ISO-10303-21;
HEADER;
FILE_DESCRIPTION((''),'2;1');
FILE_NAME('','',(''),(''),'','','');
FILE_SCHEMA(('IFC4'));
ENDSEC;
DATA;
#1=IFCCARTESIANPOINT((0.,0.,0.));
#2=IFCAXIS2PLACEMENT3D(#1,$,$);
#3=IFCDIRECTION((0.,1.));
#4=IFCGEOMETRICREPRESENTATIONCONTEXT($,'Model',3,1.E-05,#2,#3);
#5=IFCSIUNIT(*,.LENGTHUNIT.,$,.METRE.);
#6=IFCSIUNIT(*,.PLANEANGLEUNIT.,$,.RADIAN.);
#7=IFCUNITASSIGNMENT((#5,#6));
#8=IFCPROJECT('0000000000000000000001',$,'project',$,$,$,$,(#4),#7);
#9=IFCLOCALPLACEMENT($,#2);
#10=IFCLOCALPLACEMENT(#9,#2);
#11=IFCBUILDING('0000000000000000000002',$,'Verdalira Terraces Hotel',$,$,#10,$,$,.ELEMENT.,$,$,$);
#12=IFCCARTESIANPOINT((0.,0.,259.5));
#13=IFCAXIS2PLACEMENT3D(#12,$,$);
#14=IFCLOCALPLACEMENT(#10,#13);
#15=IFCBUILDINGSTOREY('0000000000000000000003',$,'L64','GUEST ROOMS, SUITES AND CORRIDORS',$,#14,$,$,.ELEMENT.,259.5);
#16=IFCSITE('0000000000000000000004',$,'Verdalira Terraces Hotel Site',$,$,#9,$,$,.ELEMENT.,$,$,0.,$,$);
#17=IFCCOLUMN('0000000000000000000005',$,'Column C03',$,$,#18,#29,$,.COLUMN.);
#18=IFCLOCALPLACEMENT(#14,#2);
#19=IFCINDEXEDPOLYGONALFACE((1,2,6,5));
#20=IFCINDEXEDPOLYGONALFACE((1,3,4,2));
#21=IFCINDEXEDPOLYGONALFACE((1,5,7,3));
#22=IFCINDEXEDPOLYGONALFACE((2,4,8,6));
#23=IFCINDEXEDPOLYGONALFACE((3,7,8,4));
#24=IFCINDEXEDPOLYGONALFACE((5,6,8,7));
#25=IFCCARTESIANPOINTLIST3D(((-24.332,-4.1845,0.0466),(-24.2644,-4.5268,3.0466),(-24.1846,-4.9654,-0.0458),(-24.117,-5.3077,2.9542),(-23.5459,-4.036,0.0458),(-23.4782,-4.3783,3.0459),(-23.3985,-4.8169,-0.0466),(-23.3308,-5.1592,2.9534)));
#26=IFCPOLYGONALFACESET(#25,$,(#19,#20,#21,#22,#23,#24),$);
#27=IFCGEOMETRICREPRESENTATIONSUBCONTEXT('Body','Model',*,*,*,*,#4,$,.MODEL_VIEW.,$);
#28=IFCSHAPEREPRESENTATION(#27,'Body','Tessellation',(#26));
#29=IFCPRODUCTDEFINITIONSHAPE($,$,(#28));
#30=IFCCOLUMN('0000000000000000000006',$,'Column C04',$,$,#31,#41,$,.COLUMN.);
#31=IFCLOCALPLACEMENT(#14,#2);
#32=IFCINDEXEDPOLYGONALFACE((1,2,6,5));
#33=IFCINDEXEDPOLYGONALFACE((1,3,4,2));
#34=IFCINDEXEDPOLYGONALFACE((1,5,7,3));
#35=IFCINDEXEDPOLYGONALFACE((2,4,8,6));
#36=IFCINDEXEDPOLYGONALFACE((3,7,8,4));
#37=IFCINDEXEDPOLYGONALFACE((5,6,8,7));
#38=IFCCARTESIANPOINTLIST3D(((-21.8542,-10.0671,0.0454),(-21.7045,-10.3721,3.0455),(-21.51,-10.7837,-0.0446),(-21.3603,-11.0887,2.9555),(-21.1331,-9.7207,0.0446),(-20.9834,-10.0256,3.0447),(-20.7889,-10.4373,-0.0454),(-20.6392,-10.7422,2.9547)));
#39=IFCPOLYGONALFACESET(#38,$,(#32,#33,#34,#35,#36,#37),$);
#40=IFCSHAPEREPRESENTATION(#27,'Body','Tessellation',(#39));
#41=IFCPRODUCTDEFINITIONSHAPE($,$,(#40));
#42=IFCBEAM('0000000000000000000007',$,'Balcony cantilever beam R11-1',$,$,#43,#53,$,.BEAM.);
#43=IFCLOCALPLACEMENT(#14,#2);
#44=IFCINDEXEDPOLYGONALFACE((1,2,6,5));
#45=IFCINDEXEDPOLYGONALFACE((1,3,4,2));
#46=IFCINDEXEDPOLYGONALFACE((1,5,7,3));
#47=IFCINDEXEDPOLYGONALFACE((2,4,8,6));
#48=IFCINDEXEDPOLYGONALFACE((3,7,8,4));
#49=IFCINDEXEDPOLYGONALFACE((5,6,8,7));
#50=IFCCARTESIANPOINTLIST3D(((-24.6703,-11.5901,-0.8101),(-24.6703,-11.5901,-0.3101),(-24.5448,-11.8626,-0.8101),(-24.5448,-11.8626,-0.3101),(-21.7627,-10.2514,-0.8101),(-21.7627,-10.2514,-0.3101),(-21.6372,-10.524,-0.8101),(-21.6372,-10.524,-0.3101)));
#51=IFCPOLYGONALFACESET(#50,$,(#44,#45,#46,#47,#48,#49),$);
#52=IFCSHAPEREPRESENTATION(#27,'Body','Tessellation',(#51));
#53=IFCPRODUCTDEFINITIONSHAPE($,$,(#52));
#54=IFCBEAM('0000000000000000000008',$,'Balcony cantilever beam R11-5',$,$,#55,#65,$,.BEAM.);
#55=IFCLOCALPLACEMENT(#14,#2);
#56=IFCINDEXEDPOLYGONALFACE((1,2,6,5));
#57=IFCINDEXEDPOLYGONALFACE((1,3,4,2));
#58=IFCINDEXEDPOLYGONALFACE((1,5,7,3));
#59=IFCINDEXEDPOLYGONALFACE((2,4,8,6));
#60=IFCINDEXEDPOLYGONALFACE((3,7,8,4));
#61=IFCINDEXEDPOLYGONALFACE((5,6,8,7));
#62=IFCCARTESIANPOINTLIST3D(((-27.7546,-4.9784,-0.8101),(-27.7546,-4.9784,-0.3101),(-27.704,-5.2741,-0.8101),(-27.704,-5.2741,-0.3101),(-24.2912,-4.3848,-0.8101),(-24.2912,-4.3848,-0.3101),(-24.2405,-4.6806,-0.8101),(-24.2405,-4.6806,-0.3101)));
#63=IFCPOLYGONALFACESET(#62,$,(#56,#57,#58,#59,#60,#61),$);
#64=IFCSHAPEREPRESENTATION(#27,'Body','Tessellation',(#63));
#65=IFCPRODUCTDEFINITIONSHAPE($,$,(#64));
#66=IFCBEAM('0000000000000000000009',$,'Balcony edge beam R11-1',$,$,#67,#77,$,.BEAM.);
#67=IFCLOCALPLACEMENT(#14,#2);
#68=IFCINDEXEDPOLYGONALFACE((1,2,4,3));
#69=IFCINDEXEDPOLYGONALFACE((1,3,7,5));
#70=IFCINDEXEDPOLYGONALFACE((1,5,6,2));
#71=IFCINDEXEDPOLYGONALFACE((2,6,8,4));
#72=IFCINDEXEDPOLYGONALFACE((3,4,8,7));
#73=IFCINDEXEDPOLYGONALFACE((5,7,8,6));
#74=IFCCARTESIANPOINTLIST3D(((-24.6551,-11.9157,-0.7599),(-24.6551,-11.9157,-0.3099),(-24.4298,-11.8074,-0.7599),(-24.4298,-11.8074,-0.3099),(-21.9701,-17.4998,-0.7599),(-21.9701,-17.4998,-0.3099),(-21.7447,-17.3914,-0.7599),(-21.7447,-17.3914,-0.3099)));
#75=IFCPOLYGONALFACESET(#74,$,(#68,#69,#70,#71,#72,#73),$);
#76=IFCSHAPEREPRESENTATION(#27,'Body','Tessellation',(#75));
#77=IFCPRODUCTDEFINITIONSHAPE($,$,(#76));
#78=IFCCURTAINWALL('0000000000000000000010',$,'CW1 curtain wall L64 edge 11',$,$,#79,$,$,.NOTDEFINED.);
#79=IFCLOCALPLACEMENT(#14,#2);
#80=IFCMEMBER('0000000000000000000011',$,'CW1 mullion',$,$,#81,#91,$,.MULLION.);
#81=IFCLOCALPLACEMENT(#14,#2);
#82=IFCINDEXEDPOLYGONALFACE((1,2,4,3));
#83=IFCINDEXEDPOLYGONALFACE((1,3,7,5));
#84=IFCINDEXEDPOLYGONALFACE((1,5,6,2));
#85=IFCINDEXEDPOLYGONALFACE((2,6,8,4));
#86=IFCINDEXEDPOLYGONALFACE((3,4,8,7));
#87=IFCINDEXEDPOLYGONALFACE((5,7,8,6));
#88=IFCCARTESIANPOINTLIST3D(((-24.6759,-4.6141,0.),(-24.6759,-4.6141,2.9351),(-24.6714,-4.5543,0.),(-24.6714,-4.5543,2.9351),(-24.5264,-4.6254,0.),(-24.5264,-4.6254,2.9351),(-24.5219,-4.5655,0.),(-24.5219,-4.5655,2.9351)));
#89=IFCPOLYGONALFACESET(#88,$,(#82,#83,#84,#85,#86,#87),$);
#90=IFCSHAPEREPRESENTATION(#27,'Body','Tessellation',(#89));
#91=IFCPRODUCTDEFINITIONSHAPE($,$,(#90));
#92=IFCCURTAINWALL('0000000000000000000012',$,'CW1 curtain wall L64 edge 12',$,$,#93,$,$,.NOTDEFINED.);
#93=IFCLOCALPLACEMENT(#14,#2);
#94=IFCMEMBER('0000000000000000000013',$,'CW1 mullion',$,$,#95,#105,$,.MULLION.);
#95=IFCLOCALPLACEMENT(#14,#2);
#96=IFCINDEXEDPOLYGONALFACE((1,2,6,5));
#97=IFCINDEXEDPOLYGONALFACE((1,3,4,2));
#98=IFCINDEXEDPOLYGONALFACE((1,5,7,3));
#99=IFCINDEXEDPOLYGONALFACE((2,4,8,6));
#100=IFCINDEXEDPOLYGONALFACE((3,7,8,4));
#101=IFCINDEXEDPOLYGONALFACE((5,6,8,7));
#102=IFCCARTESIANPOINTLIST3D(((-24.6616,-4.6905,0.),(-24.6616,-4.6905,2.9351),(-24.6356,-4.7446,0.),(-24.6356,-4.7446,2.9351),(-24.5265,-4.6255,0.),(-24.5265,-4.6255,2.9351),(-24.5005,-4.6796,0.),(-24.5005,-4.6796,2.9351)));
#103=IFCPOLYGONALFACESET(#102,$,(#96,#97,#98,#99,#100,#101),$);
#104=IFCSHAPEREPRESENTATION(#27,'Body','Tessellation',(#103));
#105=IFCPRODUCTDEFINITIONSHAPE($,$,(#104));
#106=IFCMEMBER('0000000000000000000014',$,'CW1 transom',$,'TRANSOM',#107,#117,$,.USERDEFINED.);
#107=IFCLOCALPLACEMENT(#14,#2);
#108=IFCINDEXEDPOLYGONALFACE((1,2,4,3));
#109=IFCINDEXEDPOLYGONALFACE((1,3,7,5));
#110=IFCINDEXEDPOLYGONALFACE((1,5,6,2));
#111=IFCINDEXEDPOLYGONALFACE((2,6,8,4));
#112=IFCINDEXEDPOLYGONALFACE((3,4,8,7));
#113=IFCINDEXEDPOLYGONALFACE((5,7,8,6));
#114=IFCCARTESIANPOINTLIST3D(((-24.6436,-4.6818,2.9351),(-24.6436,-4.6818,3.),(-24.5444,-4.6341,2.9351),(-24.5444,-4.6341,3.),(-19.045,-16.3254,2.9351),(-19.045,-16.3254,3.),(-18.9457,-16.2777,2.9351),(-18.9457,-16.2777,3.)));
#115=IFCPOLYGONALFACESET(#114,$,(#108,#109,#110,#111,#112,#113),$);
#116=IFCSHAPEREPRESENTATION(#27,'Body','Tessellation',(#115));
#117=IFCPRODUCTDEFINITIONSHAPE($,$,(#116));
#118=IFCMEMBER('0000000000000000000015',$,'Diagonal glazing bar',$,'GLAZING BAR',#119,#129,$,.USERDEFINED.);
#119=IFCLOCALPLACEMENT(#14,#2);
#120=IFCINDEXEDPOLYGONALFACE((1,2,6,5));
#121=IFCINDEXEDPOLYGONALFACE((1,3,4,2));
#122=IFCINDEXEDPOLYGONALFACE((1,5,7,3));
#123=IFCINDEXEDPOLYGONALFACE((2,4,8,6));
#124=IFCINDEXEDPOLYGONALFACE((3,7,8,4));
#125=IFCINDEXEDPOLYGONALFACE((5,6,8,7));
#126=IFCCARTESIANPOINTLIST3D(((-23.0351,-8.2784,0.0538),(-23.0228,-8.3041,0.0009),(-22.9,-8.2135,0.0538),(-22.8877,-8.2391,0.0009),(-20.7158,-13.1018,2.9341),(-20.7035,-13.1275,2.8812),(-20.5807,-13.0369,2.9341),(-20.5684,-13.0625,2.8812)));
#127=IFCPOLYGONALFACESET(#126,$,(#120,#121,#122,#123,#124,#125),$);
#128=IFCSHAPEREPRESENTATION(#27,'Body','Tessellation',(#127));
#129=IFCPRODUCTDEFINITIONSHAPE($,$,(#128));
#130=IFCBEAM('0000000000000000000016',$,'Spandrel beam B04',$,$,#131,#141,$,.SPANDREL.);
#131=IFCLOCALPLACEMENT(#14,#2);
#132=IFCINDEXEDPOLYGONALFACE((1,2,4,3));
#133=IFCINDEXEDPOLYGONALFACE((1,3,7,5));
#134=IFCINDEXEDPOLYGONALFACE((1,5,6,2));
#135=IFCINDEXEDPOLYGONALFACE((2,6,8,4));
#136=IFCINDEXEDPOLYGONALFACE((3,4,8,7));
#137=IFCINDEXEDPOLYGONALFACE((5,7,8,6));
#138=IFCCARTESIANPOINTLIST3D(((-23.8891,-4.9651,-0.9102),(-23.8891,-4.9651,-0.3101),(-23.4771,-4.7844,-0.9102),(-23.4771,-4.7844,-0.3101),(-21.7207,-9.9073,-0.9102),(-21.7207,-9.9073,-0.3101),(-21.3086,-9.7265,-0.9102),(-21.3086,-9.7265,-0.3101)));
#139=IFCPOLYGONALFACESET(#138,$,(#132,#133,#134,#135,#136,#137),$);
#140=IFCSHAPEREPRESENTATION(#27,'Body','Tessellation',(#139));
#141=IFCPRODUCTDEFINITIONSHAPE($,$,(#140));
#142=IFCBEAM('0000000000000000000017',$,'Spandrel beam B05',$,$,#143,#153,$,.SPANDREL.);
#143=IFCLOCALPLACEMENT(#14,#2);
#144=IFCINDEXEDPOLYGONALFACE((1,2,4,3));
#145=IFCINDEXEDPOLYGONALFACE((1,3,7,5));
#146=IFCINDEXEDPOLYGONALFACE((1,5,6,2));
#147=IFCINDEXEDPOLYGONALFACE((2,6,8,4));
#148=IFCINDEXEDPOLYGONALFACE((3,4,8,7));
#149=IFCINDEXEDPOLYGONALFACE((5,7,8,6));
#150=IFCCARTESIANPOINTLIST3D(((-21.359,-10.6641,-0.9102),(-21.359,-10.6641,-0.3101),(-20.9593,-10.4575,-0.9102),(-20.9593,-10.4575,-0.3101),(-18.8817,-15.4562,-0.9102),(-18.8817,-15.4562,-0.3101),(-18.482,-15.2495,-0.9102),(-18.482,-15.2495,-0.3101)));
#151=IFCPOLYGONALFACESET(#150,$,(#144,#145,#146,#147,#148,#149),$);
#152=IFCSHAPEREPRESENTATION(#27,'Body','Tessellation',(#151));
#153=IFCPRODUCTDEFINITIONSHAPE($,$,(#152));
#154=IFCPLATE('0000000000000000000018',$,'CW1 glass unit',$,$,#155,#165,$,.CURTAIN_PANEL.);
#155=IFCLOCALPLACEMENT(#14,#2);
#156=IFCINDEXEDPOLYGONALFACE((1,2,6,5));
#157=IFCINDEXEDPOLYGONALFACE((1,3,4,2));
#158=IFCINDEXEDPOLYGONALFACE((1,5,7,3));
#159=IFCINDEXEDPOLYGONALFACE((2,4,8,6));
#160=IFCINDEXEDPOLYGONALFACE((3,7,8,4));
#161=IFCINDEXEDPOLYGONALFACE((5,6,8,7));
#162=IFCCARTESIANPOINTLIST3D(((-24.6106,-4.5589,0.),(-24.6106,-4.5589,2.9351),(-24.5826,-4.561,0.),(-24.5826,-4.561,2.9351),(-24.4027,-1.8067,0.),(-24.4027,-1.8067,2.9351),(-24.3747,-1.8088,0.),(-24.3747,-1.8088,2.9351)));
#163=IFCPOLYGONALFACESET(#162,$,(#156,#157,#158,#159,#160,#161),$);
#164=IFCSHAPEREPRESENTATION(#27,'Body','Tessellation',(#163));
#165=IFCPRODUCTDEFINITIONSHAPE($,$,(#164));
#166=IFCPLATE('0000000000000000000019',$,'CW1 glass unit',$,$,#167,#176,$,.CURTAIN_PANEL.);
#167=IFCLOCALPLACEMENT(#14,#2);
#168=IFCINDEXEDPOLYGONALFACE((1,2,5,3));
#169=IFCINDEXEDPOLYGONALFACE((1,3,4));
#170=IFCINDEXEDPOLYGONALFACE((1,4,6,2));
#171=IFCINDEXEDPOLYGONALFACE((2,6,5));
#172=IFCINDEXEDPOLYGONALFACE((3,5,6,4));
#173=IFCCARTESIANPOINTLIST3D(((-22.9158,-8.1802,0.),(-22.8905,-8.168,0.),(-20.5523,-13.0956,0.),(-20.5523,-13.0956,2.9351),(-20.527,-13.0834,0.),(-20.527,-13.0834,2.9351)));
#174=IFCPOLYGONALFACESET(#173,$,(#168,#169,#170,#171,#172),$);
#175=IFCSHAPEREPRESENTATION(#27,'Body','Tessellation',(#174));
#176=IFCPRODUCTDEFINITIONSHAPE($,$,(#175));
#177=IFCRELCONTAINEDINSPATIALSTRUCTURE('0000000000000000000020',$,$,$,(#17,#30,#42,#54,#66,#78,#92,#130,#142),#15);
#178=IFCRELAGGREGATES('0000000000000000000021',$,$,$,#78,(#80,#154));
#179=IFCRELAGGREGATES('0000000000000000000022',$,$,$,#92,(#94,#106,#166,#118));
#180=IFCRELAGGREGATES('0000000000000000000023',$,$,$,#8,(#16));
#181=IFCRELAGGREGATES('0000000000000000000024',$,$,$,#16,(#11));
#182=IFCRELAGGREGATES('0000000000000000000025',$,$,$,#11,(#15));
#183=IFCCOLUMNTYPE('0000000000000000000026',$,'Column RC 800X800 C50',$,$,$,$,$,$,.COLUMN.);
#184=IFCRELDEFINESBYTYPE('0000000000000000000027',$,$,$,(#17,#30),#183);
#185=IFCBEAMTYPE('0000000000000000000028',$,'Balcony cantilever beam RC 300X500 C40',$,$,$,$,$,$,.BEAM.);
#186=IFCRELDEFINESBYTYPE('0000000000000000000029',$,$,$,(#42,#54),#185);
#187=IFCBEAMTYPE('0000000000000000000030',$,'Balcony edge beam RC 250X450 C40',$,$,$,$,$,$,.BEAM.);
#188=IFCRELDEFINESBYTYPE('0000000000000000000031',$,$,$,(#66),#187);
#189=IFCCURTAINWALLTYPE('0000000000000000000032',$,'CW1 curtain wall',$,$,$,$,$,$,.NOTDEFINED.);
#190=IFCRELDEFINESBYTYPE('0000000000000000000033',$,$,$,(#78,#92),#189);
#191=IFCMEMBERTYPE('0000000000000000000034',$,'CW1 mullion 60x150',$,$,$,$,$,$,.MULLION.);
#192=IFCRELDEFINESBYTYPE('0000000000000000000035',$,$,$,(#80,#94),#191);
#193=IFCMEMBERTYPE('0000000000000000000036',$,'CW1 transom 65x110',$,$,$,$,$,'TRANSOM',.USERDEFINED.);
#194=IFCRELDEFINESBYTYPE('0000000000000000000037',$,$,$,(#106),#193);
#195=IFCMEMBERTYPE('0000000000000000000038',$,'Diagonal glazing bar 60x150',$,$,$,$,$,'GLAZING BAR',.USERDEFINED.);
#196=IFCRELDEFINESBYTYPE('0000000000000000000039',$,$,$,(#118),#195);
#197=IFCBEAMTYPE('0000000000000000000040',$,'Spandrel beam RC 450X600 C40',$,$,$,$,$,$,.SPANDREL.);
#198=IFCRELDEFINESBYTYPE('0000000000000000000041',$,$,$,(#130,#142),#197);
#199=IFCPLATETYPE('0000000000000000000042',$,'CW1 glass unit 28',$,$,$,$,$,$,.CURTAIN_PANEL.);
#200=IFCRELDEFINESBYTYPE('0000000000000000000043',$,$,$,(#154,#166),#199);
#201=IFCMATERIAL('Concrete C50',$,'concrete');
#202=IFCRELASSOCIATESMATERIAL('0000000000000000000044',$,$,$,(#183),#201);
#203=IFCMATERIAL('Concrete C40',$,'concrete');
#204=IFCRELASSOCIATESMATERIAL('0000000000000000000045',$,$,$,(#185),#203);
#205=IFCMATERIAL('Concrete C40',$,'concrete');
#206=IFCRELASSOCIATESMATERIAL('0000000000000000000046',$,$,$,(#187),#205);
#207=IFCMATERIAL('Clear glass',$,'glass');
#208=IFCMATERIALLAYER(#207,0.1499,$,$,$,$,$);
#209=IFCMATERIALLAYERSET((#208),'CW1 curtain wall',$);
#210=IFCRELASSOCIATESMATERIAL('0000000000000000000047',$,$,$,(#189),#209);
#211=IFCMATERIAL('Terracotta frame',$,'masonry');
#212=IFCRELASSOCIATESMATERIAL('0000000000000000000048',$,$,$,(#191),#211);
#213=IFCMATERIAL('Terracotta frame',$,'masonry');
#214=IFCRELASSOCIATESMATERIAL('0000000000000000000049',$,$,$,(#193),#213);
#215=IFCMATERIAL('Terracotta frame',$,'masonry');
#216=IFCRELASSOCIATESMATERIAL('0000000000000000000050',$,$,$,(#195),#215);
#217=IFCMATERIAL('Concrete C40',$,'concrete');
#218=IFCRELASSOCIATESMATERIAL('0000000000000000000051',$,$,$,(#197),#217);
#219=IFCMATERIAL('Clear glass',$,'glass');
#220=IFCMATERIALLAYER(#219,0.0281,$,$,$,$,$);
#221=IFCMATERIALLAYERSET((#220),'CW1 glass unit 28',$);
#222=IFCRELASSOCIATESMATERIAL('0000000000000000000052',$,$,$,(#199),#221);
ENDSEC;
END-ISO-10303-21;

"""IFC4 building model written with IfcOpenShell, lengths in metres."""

from ifc_helpers import new_model, si_unit, direction, frame, origin, origin_2d, place, context, subcontext, project, spatial, polyline, rectangle, outline, extrude, material, layer, layer_set, material_profile, profile_set, type_object, element, aggregate, save


model = new_model("IFC4")

# Units and contexts
model_context = context("Model", 3, precision=1e-05, world=origin(), true_north=direction((0.0, 1.0)))
body_context = subcontext(model_context, "Body", "Model", "MODEL_VIEW")
ifc_project = project(units=[si_unit("LENGTHUNIT", "METRE"), si_unit("PLANEANGLEUNIT", "RADIAN")], contexts=[model_context])

# Site, building, storey
site_placement = place(None, origin())
site = spatial("IfcSite", under=ifc_project, at=site_placement, Name="Verdalira Terraces Hotel Site", CompositionType="ELEMENT", RefElevation=0.0)
building_placement = place(site_placement, origin())
building = spatial("IfcBuilding", under=site, at=building_placement, Name="Verdalira Terraces Hotel", CompositionType="ELEMENT")
storey_placement = place(building_placement, frame((0.0, 0.0, 259.5)))
storey = spatial("IfcBuildingStorey", under=building, at=storey_placement, Name="L64", Description="GUEST ROOMS, SUITES AND CORRIDORS", CompositionType="ELEMENT", Elevation=259.5)

# Columns
ifc_material_1 = material(Name="Concrete C50", Category="concrete")
ifc_material_profile_1 = material_profile(ifc_material_1, rectangle(XDim=0.8, YDim=0.8, at=origin_2d()), Name="RC 800X800")
ifc_profile_set_1 = profile_set([ifc_material_profile_1], Name="Concrete C50")
column_type = type_object("IfcColumnType", Name="Column RC 800X800 C50", PredefinedType="COLUMN", material=ifc_profile_set_1)
column_1_placement = place(storey_placement, frame((-23.8652, -4.5007, 0.0), z_axis=(0.022391, -0.113331, 0.993305), x_axis=(-0.18425, 0.976067, 0.115518)))
element("IfcColumn", 1, at=column_1_placement, inside=storey, type_object=column_type, Name="Column C03", PredefinedType="COLUMN", context=body_context, shape_type="SweptSolid", body=[
    extrude(rectangle(XDim=0.8, YDim=0.8, at=origin_2d()), origin(), (0.0, 0.0, 1.0), 3.0203),
])
column_2_placement = place(storey_placement, frame((-21.3215, -10.2522, 0.0), z_axis=(0.049569, -0.100999, 0.993651), x_axis=(0.430207, -0.895693, -0.112503)))
element("IfcColumn", 2, at=column_2_placement, inside=storey, type_object=column_type, Name="Column C04", PredefinedType="COLUMN", context=body_context, shape_type="SweptSolid", body=[
    extrude(rectangle(XDim=0.8, YDim=0.8, at=origin_2d()), origin(), (0.0, 0.0, 1.0), 3.0193),
])

# Beams
ifc_material_2 = material(Name="Concrete C40", Category="concrete")
ifc_material_profile_2 = material_profile(ifc_material_2, rectangle(XDim=0.3, YDim=0.5, at=origin_2d()), Name="RC 300X500")
ifc_profile_set_2 = profile_set([ifc_material_profile_2], Name="Concrete C40")
beam_type_1 = type_object("IfcBeamType", Name="Balcony cantilever beam RC 300X500 C40", PredefinedType="BEAM", material=ifc_profile_set_2)
beam_1_placement = place(storey_placement, frame((-21.7, -10.3877, -0.5601), z_axis=(-0.90835, -0.418212, 0.0), x_axis=(0.418212, -0.90835, 0.0)))
element("IfcBeam", 3, at=beam_1_placement, inside=storey, type_object=beam_type_1, Name="Balcony cantilever beam R11-1", PredefinedType="BEAM", context=body_context, shape_type="SweptSolid", body=[
    extrude(rectangle(XDim=0.3, YDim=0.5, at=origin_2d()), origin(), (0.0, 0.0, 1.0), 3.2009),
])
beam_2_placement = place(storey_placement, frame((-24.2659, -4.5327, -0.5601), z_axis=(-0.985633, -0.168904, 0.0), x_axis=(0.168904, -0.985633, 0.0)))
element("IfcBeam", 4, at=beam_2_placement, inside=storey, type_object=beam_type_1, Name="Balcony cantilever beam R11-5", PredefinedType="BEAM", context=body_context, shape_type="SweptSolid", body=[
    extrude(rectangle(XDim=0.3, YDim=0.5, at=origin_2d()), origin(), (0.0, 0.0, 1.0), 3.5139),
])
ifc_material_3 = material(Name="Concrete C40", Category="concrete")
ifc_material_profile_3 = material_profile(ifc_material_3, rectangle(XDim=0.25, YDim=0.45, at=origin_2d()), Name="RC 250X450")
ifc_profile_set_3 = profile_set([ifc_material_profile_3], Name="Concrete C40")
beam_type_2 = type_object("IfcBeamType", Name="Balcony edge beam RC 250X450 C40", PredefinedType="BEAM", material=ifc_profile_set_3)
beam_3_placement = place(storey_placement, frame((-24.5425, -11.8616, -0.5349), z_axis=(0.433354, -0.901224, 0.0), x_axis=(0.901224, 0.433354, 0.0)))
element("IfcBeam", 5, at=beam_3_placement, inside=storey, type_object=beam_type_2, Name="Balcony edge beam R11-1", PredefinedType="BEAM", context=body_context, shape_type="SweptSolid", body=[
    extrude(rectangle(XDim=0.25, YDim=0.45, at=origin_2d()), origin(), (0.0, 0.0, 1.0), 6.196),
])

# Curtain wall, member
ifc_material_4 = material(Name="Clear glass", Category="glass")
ifc_layer_1 = layer(ifc_material_4, 0.1499)
ifc_layer_set_1 = layer_set([ifc_layer_1], Name="CW1 curtain wall")
curtain_wall_type = type_object("IfcCurtainWallType", Name="CW1 curtain wall", PredefinedType="NOTDEFINED", material=ifc_layer_set_1)
curtain_wall_1_placement = place(storey_placement, origin())
curtain_wall_1 = element("IfcCurtainWall", 6, at=curtain_wall_1_placement, inside=storey, type_object=curtain_wall_type, Name="CW1 curtain wall L64 edge 11", PredefinedType="NOTDEFINED")
ifc_material_5 = material(Name="Terracotta frame", Category="masonry")
ifc_material_profile_4 = material_profile(ifc_material_5, rectangle(XDim=0.0601, YDim=0.1499, at=origin_2d()), Name="MU 60x150")
ifc_profile_set_4 = profile_set([ifc_material_profile_4], Name="Terracotta frame")
member_type_1 = type_object("IfcMemberType", Name="CW1 mullion 60x150", PredefinedType="MULLION", material=ifc_profile_set_4)
member_1_placement = place(storey_placement, frame((-24.5989, -4.5898, 0.0), z_axis=(0.0, 0.0, 1.0), x_axis=(-0.075327, -0.997159, 0.0)))
member_1 = element("IfcMember", 7, at=member_1_placement, type_object=member_type_1, Name="CW1 mullion", PredefinedType="MULLION", context=body_context, shape_type="SweptSolid", body=[
    extrude(rectangle(XDim=0.0601, YDim=0.1499, at=origin_2d()), origin(), (0.0, 0.0, 1.0), 2.9351),
])

# Curtain wall, members
curtain_wall_2_placement = place(storey_placement, origin())
curtain_wall_2 = element("IfcCurtainWall", 8, at=curtain_wall_2_placement, inside=storey, type_object=curtain_wall_type, Name="CW1 curtain wall L64 edge 12", PredefinedType="NOTDEFINED")
member_2_placement = place(storey_placement, frame((-24.5811, -4.6851, 0.0), z_axis=(0.0, 0.0, 1.0), x_axis=(0.433345, -0.901228, 0.0)))
member_2 = element("IfcMember", 9, at=member_2_placement, type_object=member_type_1, Name="CW1 mullion", PredefinedType="MULLION", context=body_context, shape_type="SweptSolid", body=[
    extrude(rectangle(XDim=0.0601, YDim=0.1499, at=origin_2d()), origin(), (0.0, 0.0, 1.0), 2.9351),
])
ifc_material_6 = material(Name="Terracotta frame", Category="masonry")
ifc_material_profile_5 = material_profile(ifc_material_6, rectangle(XDim=0.1101, YDim=0.0649, at=origin_2d()), Name="TR 65x110")
ifc_profile_set_5 = profile_set([ifc_material_profile_5], Name="Terracotta frame")
member_type_2 = type_object("IfcMemberType", Name="CW1 transom 65x110", ElementType="TRANSOM", PredefinedType="USERDEFINED", material=ifc_profile_set_5)
member_3_placement = place(storey_placement, frame((-24.594, -4.658, 2.9675), z_axis=(0.433343, -0.901229, 0.0), x_axis=(0.901229, 0.433343, 0.0)))
member_3 = element("IfcMember", 10, at=member_3_placement, type_object=member_type_2, Name="CW1 transom", ObjectType="TRANSOM", PredefinedType="USERDEFINED", context=body_context, shape_type="SweptSolid", body=[
    extrude(rectangle(XDim=0.1101, YDim=0.0649, at=origin_2d()), origin(), (0.0, 0.0, 1.0), 12.9197),
])
ifc_material_7 = material(Name="Terracotta frame", Category="masonry")
ifc_material_profile_6 = material_profile(ifc_material_7, rectangle(XDim=0.1499, YDim=0.0601, at=origin_2d()), Name="GB 60x150")
ifc_profile_set_6 = profile_set([ifc_material_profile_6], Name="Terracotta frame")
member_type_3 = type_object("IfcMemberType", Name="Diagonal glazing bar 60x150", ElementType="GLAZING BAR", PredefinedType="USERDEFINED", material=ifc_profile_set_6)
member_4_placement = place(storey_placement, frame((-22.9614, -8.2588, 0.0273), z_axis=(0.381596, -0.7936, 0.473902), x_axis=(0.901227, 0.433348, 0.0)))
member_4 = element("IfcMember", 11, at=member_4_placement, type_object=member_type_3, Name="Diagonal glazing bar", ObjectType="GLAZING BAR", PredefinedType="USERDEFINED", context=body_context, shape_type="SweptSolid", body=[
    extrude(rectangle(XDim=0.1499, YDim=0.0601, at=origin_2d()), origin(), (0.0, 0.0, 1.0), 6.0779),
])

# Beams
ifc_material_8 = material(Name="Concrete C40", Category="concrete")
ifc_material_profile_7 = material_profile(ifc_material_8, rectangle(XDim=0.45, YDim=0.6001, at=origin_2d()), Name="RC 450X600")
ifc_profile_set_7 = profile_set([ifc_material_profile_7], Name="Concrete C40")
beam_type_3 = type_object("IfcBeamType", Name="Spandrel beam RC 450X600 C40", PredefinedType="SPANDREL", material=ifc_profile_set_7)
beam_4_placement = place(storey_placement, frame((-23.6831, -4.8748, -0.6101), z_axis=(0.401794, -0.91573, 0.0), x_axis=(0.91573, 0.401794, 0.0)))
element("IfcBeam", 12, at=beam_4_placement, inside=storey, type_object=beam_type_3, Name="Spandrel beam B04", PredefinedType="SPANDREL", context=body_context, shape_type="SweptSolid", body=[
    extrude(rectangle(XDim=0.45, YDim=0.6001, at=origin_2d()), origin(), (0.0, 0.0, 1.0), 5.397),
])
beam_5_placement = place(storey_placement, frame((-21.1592, -10.5608, -0.6101), z_axis=(0.45923, -0.888318, 0.0), x_axis=(0.888318, 0.45923, 0.0)))
element("IfcBeam", 13, at=beam_5_placement, inside=storey, type_object=beam_type_3, Name="Spandrel beam B05", PredefinedType="SPANDREL", context=body_context, shape_type="SweptSolid", body=[
    extrude(rectangle(XDim=0.45, YDim=0.6001, at=origin_2d()), origin(), (0.0, 0.0, 1.0), 5.3945),
])

# Plates
ifc_material_9 = material(Name="Clear glass", Category="glass")
ifc_layer_2 = layer(ifc_material_9, 0.0281)
ifc_layer_set_2 = layer_set([ifc_layer_2], Name="CW1 glass unit 28")
plate_type = type_object("IfcPlateType", Name="CW1 glass unit 28", PredefinedType="CURTAIN_PANEL", material=ifc_layer_set_2)
plate_1_placement = place(storey_placement, frame((-24.4927, -3.1838, 0.0), z_axis=(0.0, 0.0, 1.0), x_axis=(-0.075327, -0.997159, 0.0)))
plate_1 = element("IfcPlate", 14, at=plate_1_placement, type_object=plate_type, Name="CW1 glass unit", PredefinedType="CURTAIN_PANEL", context=body_context, shape_type="SweptSolid", body=[
    extrude(rectangle(XDim=2.76, YDim=0.0281, at=origin_2d()), origin(), (0.0, 0.0, 1.0), 2.9351),
])
aggregate(curtain_wall_1, [member_1, plate_1])
plate_2_placement = place(storey_placement, frame((-21.7087, -10.6257, 1.4675), z_axis=(-0.901228, -0.433345, 0.0), x_axis=(0.433345, -0.901228, 0.0)))
plate_2 = element("IfcPlate", 15, at=plate_2_placement, type_object=plate_type, Name="CW1 glass unit", PredefinedType="CURTAIN_PANEL", context=body_context, shape_type="SweptSolid", body=[
    extrude(outline(polyline([(-2.7271, -1.4675), (2.7271, -1.4675), (2.7271, 1.4675), (-2.7271, -1.4675)])), origin(), (0.0, 0.0, 1.0), 0.0281),
])
aggregate(curtain_wall_2, [member_2, member_3, plate_2, member_4])

save(model, "model.ifc")
